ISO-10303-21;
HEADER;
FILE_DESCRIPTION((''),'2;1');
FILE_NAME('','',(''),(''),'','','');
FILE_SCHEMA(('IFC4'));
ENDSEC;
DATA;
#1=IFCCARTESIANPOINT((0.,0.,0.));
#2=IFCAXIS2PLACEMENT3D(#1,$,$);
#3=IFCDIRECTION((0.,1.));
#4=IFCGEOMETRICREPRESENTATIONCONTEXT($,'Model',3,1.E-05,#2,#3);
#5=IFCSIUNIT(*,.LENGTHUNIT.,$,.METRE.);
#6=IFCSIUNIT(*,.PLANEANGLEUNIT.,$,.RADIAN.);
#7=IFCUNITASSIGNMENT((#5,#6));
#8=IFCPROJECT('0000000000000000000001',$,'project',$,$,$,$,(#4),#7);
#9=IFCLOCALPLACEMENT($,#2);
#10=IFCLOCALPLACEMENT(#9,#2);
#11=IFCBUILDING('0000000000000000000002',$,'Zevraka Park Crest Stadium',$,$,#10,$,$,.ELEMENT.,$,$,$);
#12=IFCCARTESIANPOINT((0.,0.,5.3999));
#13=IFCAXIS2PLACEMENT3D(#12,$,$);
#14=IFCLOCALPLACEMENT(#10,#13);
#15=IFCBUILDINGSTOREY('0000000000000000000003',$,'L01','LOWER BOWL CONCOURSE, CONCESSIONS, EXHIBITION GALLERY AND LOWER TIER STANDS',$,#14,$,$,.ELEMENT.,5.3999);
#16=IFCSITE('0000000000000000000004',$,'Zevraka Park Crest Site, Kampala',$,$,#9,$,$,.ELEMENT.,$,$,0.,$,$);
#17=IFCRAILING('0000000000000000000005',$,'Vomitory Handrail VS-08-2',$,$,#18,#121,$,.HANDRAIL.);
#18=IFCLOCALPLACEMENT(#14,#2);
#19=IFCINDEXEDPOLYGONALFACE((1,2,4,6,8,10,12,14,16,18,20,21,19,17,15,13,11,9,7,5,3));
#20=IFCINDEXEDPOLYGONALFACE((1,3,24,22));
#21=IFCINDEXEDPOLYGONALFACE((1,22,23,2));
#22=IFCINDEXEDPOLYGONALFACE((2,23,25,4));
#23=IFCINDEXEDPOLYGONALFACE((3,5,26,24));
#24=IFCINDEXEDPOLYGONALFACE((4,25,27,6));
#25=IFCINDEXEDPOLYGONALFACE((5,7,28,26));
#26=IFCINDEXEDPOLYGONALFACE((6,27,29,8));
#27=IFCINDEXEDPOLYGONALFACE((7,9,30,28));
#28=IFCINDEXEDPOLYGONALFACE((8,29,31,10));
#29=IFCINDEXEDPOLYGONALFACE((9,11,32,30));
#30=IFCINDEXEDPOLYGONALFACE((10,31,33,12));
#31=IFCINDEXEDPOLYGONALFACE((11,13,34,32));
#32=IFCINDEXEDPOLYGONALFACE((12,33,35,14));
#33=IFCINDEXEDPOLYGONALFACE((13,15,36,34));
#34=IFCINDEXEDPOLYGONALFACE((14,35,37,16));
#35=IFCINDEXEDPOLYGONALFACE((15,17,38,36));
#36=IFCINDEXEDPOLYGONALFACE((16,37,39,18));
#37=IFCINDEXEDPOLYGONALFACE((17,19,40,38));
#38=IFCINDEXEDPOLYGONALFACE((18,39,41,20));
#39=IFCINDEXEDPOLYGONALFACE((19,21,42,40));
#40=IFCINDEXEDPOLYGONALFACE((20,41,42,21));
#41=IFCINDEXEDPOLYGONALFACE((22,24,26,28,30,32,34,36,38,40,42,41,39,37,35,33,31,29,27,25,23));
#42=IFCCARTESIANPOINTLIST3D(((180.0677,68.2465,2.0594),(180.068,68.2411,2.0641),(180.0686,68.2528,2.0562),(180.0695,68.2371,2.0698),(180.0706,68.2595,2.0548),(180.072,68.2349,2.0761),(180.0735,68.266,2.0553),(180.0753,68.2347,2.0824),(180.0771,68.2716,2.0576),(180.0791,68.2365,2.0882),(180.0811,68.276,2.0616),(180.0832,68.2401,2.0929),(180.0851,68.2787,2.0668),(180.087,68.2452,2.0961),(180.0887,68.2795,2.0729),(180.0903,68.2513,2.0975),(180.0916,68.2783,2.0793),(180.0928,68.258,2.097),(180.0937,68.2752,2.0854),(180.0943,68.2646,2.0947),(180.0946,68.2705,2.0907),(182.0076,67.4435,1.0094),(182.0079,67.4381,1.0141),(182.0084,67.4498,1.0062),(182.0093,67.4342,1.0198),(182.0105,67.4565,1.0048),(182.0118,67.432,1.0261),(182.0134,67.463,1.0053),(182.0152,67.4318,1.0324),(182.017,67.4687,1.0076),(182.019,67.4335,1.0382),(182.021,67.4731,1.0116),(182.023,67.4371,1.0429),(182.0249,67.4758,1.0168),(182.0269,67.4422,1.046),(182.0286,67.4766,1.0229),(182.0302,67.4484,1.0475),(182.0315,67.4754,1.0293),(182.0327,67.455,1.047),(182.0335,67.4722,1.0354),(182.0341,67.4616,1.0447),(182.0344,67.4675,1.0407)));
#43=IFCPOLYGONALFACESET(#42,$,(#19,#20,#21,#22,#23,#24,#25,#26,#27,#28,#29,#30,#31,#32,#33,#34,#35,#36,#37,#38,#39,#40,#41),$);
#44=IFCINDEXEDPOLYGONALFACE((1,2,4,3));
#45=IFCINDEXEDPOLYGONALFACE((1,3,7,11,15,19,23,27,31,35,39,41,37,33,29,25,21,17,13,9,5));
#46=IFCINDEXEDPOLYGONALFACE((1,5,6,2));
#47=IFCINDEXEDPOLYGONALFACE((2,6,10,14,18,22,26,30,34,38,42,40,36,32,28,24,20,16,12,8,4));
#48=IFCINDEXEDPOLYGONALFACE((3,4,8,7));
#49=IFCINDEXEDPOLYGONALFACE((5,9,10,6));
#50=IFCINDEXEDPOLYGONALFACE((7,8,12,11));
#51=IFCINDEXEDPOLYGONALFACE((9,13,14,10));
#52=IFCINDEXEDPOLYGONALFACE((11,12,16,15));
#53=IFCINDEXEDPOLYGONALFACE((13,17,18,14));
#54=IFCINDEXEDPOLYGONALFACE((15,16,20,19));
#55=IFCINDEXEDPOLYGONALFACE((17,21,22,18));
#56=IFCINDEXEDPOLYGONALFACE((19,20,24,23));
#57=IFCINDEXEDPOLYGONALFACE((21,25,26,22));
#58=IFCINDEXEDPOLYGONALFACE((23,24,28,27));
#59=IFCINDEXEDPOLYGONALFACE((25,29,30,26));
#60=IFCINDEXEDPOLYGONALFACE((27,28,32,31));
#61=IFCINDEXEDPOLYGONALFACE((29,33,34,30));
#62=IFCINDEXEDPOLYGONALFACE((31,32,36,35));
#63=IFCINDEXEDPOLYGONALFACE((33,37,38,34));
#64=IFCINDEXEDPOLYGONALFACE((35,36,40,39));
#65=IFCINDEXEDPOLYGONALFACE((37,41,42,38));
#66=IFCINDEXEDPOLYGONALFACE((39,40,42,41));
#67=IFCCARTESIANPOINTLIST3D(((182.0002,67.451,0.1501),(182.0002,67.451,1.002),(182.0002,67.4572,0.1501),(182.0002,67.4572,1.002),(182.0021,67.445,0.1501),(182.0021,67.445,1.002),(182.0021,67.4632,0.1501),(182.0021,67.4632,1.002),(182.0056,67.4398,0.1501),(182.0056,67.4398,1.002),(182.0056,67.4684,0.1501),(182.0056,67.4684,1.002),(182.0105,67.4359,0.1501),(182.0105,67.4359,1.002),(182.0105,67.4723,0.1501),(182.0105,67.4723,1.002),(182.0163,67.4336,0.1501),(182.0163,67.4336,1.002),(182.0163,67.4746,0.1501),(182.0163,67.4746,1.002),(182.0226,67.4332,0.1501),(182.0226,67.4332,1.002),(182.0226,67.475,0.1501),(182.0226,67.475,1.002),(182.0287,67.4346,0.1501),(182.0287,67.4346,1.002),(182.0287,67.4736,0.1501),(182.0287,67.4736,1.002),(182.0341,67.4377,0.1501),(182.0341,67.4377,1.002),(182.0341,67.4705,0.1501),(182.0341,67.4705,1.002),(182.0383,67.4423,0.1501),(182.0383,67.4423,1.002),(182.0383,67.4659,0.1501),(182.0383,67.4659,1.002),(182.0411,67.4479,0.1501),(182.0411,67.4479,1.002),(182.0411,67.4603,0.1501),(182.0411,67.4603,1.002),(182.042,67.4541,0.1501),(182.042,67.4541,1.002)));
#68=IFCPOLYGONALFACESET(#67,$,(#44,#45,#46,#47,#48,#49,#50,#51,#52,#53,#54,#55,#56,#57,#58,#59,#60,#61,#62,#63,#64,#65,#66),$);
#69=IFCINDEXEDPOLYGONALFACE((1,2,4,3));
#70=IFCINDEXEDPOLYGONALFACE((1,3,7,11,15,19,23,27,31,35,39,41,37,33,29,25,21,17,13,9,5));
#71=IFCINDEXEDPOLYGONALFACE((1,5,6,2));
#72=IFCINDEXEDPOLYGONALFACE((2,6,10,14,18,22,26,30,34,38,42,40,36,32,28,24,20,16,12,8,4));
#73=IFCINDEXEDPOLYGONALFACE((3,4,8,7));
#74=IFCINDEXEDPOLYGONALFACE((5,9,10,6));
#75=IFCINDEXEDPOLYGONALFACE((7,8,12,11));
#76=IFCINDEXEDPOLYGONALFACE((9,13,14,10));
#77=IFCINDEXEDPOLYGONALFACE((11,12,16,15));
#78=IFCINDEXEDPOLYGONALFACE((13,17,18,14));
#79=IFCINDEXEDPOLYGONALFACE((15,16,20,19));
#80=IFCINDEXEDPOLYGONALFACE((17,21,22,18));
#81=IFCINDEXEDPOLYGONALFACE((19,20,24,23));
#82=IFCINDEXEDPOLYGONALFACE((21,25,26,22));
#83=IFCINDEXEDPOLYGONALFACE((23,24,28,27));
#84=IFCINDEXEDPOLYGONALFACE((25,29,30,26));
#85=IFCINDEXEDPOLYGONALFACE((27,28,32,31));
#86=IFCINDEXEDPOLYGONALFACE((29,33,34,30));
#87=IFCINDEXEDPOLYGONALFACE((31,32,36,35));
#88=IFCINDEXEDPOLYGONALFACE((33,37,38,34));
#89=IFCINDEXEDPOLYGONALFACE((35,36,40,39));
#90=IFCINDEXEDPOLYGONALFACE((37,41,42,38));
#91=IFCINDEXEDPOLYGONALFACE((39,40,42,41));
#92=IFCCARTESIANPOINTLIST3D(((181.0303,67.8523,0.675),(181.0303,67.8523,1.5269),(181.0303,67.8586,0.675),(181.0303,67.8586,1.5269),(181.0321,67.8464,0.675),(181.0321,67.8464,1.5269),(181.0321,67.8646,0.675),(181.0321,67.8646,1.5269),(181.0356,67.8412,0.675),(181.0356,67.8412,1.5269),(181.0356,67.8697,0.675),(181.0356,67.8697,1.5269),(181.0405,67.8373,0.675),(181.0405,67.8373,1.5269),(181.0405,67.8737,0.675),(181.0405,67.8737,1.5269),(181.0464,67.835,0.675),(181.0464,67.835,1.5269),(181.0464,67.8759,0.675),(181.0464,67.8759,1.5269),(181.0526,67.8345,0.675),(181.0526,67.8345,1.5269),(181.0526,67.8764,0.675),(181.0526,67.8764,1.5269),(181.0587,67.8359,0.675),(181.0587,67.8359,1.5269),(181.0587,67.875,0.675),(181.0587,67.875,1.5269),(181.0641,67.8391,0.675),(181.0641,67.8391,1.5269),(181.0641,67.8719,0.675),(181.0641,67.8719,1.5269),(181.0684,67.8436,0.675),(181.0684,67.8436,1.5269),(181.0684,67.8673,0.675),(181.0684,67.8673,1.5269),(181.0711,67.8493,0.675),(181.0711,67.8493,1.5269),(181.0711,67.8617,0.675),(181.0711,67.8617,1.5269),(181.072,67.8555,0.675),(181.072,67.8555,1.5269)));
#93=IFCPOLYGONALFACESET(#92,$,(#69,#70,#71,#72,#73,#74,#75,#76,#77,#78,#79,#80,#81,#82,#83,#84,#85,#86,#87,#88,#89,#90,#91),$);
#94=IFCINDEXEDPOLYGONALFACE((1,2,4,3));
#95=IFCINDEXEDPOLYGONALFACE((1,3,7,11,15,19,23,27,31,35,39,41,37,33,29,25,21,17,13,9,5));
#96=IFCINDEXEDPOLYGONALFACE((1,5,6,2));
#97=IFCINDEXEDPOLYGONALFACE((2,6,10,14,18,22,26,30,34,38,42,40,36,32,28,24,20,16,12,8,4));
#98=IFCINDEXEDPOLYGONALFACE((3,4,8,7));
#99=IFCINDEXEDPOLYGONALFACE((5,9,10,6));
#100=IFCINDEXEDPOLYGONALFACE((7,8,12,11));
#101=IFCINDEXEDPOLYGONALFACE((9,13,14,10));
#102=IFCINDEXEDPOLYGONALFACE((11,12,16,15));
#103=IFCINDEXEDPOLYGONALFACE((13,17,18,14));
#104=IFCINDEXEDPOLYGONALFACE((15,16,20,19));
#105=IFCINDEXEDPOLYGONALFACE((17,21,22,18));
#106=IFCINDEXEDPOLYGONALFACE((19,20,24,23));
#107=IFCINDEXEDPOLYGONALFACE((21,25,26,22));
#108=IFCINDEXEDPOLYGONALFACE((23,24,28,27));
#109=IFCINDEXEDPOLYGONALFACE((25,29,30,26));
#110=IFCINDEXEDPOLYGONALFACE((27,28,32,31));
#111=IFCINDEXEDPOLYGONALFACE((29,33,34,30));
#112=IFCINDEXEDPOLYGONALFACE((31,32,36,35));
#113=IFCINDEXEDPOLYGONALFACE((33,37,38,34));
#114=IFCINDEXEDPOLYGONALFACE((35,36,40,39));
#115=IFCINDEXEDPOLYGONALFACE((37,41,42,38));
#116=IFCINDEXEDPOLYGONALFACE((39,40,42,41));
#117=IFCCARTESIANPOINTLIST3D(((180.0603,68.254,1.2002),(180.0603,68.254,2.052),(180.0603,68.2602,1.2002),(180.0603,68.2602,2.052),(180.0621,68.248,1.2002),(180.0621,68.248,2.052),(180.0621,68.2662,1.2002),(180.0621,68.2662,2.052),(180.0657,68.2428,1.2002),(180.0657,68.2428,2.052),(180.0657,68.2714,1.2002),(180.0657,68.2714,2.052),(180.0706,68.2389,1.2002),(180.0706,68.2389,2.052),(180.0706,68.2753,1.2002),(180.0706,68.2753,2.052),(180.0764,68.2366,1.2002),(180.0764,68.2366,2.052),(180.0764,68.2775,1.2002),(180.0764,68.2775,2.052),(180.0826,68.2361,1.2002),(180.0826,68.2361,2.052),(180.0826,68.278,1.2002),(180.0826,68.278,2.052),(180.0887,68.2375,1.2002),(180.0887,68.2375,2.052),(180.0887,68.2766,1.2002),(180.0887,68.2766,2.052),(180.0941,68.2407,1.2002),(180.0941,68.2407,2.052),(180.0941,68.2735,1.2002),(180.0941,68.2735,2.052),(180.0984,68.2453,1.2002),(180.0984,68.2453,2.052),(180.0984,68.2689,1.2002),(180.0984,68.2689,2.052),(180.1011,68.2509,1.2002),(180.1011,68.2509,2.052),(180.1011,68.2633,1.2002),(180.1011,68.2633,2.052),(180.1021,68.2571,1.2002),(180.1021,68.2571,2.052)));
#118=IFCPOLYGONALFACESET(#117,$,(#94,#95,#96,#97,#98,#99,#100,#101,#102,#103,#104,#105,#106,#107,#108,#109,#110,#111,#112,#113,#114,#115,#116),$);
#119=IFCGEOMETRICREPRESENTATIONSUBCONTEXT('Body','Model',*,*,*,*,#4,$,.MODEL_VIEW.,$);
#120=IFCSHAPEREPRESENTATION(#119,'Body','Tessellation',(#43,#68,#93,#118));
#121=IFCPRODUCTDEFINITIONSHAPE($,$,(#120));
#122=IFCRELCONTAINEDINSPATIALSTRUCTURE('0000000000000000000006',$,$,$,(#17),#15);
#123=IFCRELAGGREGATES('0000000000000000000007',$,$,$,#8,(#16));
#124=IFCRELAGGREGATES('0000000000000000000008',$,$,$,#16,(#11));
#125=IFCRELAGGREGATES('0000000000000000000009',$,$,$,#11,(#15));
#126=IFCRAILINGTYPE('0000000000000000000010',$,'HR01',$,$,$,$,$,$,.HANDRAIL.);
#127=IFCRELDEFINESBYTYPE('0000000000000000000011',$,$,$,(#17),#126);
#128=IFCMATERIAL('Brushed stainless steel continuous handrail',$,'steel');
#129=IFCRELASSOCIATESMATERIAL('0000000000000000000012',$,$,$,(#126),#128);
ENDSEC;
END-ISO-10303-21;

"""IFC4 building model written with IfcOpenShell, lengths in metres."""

from ifc_helpers import new_model, si_unit, direction, frame, origin, origin_2d, place, context, subcontext, project, spatial, circle, extrude, material, type_object, element, save


model = new_model("IFC4")

# Units and contexts
model_context = context("Model", 3, precision=1e-05, world=origin(), true_north=direction((0.0, 1.0)))
body_context = subcontext(model_context, "Body", "Model", "MODEL_VIEW")
ifc_project = project(units=[si_unit("LENGTHUNIT", "METRE"), si_unit("PLANEANGLEUNIT", "RADIAN")], contexts=[model_context])

# Site, building, storey
site_placement = place(None, origin())
site = spatial("IfcSite", under=ifc_project, at=site_placement, Name="Zevraka Park Crest Site, Kampala", CompositionType="ELEMENT", RefElevation=0.0)
building_placement = place(site_placement, origin())
building = spatial("IfcBuilding", under=site, at=building_placement, Name="Zevraka Park Crest Stadium", CompositionType="ELEMENT")
storey_placement = place(building_placement, frame((0.0, 0.0, 5.3999)))
storey = spatial("IfcBuildingStorey", under=building, at=storey_placement, Name="L01", Description="LOWER BOWL CONCOURSE, CONCESSIONS, EXHIBITION GALLERY AND LOWER TIER STANDS", CompositionType="ELEMENT", Elevation=5.3999)

# Railing
ifc_material_1 = material(Name="Brushed stainless steel continuous handrail", Category="steel")
railing_type_1 = type_object("IfcRailingType", Name="HR01", PredefinedType="HANDRAIL", material=ifc_material_1)
railing_1_placement = place(storey_placement, frame((182.021, 67.4541, 0.1501)))
element("IfcRailing", 1, at=railing_1_placement, inside=storey, type_object=railing_type_1, Name="Vomitory Handrail VS-08-2", PredefinedType="HANDRAIL", context=body_context, shape_type="SweptSolid", body=[
    extrude(circle(Radius=0.0239, at=origin_2d()), frame((0.0, 0.0, 0.876), z_axis=(-0.826387, 0.342057, 0.447305), x_axis=(-0.382451, -0.923976, 0.0)), (0.0, 0.0, 1.0), 2.3474),
    extrude(circle(Radius=0.021, at=origin_2d()), origin(), (0.0, 0.0, 1.0), 0.8518),
    extrude(circle(Radius=0.021, at=origin_2d()), frame((-0.97, 0.4014, 0.5249)), (0.0, 0.0, 1.0), 0.8518),
    extrude(circle(Radius=0.021, at=origin_2d()), frame((-1.9399, 0.803, 1.05)), (0.0, 0.0, 1.0), 0.8518),
])

save(model, "model.ifc")
